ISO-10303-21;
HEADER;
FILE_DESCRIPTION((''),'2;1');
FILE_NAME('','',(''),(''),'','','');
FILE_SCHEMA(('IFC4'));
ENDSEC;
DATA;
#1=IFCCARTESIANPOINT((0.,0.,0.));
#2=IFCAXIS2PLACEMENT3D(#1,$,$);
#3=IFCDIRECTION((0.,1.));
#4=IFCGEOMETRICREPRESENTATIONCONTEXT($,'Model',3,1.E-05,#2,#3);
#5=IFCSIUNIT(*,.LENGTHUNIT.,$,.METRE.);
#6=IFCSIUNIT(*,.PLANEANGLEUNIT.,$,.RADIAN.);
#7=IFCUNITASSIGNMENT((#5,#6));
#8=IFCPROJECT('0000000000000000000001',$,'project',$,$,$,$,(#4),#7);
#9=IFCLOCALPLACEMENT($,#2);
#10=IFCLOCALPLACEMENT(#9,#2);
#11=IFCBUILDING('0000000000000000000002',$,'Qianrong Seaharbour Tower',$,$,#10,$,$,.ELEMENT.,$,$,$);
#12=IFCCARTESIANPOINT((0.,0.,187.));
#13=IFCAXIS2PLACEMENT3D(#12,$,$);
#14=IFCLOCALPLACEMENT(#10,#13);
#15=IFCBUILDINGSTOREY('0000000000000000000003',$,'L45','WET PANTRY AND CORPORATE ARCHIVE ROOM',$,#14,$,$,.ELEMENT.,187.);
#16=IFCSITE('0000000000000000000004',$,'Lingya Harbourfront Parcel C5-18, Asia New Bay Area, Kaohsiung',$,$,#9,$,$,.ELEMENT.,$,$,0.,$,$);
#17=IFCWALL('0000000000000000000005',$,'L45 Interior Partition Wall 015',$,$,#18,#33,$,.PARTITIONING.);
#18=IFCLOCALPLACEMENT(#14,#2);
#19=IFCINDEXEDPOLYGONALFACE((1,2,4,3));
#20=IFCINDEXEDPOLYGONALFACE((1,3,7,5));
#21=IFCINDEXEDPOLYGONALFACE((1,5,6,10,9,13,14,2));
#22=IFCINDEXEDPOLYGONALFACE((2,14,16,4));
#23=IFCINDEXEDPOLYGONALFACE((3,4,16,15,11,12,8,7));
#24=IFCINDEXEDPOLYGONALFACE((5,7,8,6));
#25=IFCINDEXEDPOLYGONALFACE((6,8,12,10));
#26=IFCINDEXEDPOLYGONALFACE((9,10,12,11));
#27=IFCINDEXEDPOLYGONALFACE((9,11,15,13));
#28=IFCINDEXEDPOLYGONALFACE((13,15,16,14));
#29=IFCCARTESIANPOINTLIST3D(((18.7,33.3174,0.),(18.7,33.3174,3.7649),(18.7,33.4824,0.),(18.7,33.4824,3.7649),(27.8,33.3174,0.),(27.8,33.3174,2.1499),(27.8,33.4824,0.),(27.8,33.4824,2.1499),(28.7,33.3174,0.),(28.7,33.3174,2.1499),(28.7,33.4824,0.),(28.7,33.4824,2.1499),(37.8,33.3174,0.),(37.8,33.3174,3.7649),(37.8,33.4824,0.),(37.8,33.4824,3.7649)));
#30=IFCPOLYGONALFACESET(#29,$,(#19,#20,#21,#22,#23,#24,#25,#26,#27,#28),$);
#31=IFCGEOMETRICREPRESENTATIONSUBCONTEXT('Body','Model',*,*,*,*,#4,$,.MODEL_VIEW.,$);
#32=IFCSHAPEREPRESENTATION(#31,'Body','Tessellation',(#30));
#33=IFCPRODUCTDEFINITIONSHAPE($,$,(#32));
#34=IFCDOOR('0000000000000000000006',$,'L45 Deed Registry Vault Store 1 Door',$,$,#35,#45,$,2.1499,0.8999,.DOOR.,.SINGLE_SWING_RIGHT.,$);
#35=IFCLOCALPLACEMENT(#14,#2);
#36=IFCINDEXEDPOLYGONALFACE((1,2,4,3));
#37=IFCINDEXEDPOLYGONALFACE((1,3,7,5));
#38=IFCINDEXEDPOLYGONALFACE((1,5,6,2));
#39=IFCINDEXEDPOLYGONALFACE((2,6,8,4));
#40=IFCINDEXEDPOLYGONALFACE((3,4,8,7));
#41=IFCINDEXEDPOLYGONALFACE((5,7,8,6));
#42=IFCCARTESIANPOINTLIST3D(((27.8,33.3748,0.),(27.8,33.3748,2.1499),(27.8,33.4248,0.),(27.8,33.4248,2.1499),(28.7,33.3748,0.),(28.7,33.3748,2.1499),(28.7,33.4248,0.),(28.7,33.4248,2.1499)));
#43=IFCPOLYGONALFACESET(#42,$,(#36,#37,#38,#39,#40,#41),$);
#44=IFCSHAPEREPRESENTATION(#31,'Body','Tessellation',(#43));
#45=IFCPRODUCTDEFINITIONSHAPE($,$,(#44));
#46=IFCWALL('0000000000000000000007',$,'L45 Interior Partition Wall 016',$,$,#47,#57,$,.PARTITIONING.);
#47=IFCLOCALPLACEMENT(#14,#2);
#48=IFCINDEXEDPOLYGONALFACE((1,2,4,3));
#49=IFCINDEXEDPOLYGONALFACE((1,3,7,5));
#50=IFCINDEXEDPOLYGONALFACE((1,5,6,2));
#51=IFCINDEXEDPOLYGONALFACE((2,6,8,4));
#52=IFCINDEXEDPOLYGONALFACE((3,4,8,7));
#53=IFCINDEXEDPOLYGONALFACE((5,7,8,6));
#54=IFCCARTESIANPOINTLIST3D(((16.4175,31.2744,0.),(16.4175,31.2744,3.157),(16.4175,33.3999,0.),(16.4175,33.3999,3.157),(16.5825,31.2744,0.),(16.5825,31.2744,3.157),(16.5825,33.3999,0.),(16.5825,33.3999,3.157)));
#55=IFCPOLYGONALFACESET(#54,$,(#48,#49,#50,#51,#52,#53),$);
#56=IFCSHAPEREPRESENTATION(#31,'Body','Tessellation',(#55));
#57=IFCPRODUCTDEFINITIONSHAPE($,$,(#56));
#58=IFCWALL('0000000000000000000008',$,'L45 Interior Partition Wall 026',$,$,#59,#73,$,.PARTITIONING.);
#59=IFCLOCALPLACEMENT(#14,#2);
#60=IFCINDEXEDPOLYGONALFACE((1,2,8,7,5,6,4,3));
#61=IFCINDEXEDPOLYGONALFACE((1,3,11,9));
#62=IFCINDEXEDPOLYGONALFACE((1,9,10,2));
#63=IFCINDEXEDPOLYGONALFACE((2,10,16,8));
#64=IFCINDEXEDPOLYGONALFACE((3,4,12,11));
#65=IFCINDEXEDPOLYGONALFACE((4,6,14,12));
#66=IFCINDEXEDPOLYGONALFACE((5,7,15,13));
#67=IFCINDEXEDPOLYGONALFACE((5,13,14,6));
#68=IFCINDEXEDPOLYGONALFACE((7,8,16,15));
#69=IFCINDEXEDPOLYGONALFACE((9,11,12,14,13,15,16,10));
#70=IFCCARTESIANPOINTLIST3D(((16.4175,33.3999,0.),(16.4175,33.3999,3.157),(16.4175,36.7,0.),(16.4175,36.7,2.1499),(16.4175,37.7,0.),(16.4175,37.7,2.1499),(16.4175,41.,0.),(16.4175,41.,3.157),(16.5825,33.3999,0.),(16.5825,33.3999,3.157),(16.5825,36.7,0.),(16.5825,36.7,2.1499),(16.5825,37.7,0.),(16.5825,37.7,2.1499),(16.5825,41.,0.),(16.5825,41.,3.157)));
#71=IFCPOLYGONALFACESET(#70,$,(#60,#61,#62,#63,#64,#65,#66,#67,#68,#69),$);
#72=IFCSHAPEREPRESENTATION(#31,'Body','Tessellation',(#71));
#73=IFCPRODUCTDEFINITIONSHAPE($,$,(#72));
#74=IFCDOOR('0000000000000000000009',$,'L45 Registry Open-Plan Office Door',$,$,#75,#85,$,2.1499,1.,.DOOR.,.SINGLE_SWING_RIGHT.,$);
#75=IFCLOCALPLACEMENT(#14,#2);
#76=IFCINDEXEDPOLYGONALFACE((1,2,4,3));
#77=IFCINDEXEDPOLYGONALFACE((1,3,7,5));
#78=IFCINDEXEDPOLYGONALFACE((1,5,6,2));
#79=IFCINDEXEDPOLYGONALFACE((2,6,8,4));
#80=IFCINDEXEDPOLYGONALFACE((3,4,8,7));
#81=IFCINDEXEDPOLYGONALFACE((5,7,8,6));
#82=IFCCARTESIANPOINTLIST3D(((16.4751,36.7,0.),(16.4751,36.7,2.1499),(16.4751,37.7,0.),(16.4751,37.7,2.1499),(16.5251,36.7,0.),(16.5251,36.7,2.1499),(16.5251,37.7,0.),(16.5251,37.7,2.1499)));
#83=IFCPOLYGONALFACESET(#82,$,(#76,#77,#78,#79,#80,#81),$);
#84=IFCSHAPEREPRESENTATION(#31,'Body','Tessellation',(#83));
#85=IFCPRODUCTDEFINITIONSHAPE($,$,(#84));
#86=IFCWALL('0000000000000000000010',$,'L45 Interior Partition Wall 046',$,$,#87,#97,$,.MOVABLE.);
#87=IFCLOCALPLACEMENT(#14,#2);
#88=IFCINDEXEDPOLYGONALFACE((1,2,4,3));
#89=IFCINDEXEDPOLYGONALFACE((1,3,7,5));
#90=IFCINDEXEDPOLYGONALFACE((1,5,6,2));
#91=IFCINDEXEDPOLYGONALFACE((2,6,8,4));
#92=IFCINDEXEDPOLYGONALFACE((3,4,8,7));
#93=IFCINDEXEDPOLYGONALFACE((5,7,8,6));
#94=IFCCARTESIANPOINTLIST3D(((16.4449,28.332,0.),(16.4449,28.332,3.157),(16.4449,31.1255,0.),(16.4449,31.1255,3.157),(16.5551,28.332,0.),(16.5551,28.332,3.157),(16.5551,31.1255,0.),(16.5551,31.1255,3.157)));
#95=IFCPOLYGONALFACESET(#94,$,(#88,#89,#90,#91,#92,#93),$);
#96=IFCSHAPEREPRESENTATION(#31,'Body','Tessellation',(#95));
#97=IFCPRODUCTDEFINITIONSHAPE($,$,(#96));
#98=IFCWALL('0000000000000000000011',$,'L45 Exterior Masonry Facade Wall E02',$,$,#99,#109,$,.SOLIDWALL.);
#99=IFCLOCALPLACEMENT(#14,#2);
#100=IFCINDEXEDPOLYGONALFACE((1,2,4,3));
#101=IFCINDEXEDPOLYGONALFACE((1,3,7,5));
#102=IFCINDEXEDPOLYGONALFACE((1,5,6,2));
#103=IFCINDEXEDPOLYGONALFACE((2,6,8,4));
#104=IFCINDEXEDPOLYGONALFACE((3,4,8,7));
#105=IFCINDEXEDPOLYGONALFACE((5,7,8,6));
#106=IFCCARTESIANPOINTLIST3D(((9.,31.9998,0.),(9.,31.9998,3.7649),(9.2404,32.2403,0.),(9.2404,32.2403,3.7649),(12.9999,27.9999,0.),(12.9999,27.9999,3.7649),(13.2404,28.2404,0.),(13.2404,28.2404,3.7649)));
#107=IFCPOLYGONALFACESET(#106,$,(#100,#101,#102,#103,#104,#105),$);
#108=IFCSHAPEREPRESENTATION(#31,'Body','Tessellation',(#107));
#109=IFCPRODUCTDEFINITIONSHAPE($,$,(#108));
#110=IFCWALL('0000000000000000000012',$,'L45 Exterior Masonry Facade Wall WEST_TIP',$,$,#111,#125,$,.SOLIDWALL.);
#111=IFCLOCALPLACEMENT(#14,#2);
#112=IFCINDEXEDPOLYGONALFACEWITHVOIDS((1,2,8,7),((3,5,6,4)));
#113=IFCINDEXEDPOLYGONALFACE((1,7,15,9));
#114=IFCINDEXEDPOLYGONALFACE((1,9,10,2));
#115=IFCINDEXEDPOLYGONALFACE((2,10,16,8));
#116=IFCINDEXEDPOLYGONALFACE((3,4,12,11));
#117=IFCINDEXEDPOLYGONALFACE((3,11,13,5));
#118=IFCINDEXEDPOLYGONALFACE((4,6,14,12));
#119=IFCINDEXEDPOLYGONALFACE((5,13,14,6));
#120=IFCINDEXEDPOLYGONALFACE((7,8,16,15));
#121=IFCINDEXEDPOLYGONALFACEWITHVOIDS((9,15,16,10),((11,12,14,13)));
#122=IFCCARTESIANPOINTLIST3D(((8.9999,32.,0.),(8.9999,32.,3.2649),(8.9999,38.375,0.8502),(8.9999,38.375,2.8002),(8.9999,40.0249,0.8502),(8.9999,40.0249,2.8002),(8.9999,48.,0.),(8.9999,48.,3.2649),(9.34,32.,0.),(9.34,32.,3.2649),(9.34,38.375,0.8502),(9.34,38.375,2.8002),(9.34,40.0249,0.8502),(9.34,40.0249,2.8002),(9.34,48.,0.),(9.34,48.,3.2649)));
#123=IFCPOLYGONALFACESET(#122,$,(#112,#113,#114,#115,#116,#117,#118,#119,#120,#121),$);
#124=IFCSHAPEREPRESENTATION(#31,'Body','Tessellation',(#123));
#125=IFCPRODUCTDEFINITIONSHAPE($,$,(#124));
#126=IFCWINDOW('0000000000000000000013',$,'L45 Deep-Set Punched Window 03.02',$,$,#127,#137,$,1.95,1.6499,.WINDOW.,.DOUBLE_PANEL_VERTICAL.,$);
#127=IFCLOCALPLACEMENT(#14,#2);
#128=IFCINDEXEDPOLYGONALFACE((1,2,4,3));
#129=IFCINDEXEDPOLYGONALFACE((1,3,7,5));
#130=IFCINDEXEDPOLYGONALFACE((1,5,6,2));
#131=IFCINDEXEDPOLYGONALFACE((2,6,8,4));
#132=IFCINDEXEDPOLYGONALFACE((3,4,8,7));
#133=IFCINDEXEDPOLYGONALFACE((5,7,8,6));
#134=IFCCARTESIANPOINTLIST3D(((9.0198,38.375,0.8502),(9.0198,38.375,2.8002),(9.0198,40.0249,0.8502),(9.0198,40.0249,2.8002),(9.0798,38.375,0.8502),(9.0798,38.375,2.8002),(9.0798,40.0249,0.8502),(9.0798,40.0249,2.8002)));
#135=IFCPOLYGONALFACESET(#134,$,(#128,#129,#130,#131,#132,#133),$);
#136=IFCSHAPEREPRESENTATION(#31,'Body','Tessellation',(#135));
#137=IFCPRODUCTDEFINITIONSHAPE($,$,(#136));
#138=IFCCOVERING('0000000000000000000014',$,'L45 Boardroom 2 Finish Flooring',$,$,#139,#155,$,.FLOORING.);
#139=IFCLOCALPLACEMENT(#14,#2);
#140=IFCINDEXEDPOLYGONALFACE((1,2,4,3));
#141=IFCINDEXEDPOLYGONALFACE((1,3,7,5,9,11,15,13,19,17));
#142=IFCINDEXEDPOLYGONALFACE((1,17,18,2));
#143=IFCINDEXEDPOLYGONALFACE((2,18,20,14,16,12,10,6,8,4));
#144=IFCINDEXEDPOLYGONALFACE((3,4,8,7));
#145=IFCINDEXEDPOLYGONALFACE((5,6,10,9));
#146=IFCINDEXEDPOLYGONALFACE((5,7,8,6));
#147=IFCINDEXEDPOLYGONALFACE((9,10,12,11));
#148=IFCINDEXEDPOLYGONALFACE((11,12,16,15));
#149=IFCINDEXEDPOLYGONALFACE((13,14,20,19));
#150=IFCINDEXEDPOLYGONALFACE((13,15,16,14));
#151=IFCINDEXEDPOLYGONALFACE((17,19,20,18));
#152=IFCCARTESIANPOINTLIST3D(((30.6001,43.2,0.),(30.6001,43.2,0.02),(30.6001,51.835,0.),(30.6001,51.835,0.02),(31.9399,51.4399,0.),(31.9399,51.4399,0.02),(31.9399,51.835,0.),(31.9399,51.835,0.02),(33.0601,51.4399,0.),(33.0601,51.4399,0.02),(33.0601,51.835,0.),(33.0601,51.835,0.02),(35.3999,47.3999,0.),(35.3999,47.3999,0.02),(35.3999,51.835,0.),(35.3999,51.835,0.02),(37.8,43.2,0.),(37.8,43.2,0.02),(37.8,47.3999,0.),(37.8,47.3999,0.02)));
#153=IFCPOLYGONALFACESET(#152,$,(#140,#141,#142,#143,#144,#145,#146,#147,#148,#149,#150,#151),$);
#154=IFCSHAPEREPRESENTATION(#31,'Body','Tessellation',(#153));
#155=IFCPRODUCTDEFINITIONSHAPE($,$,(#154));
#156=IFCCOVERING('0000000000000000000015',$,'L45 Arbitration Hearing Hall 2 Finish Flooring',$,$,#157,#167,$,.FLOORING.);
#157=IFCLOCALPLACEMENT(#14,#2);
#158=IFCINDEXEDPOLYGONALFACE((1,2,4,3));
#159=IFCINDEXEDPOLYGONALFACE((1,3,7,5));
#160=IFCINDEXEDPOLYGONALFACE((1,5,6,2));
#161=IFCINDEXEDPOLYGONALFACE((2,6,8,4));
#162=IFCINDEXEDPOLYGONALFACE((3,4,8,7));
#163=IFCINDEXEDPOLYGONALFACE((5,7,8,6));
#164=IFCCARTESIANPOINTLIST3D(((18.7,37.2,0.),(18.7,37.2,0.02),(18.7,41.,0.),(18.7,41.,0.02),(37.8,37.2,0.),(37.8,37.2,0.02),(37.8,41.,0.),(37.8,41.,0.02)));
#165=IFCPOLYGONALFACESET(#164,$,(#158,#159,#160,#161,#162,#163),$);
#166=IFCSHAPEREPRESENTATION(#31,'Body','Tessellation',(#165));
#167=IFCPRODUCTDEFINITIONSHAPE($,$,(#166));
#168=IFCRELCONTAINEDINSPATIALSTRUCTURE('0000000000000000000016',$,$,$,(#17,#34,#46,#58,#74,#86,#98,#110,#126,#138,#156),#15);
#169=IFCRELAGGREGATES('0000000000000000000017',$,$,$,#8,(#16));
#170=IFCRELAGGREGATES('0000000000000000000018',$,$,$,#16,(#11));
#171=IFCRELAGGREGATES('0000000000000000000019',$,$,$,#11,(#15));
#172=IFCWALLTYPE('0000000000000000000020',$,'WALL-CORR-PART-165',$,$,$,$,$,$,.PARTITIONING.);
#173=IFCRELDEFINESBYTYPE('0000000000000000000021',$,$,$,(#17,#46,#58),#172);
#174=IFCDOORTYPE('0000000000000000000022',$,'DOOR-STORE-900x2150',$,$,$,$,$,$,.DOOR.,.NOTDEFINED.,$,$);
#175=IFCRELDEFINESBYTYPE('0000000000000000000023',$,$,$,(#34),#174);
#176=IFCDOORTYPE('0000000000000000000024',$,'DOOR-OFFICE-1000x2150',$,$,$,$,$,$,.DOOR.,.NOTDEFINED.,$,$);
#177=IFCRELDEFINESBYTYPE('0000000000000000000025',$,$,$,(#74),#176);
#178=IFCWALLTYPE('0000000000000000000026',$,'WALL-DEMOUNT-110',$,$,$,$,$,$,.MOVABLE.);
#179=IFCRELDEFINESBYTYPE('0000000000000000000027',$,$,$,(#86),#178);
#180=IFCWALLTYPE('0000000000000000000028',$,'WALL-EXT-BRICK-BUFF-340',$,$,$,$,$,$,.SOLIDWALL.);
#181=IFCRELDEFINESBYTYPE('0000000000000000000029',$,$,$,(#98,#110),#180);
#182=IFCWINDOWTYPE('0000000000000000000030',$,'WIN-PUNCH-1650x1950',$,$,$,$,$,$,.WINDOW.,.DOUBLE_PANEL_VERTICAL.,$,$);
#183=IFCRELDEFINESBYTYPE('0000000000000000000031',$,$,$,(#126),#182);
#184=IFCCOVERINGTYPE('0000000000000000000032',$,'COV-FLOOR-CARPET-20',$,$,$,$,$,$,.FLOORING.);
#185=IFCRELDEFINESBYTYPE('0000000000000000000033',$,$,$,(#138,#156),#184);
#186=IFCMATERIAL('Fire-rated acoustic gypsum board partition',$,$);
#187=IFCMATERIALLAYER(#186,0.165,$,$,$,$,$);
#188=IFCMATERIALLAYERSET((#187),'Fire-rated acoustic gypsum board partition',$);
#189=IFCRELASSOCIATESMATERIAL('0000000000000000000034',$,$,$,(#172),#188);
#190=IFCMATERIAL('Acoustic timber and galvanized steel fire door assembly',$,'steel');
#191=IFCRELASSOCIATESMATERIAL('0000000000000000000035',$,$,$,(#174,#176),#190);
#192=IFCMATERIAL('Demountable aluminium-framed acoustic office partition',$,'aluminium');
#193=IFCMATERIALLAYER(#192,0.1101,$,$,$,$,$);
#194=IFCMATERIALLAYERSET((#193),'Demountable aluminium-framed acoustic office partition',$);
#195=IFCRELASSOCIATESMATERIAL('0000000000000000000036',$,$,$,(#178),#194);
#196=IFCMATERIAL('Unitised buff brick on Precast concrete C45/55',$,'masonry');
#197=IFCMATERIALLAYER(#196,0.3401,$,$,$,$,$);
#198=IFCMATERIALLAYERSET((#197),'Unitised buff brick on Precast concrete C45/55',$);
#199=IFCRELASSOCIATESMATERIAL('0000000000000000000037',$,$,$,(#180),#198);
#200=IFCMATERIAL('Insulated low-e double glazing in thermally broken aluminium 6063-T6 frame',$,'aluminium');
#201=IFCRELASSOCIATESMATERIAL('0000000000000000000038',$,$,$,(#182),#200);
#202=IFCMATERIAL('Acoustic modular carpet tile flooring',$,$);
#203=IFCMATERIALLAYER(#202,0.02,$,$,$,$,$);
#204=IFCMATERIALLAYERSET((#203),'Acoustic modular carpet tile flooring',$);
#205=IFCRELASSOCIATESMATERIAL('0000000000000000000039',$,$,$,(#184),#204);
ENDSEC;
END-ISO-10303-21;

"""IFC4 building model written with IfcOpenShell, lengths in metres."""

from ifc_helpers import new_model, si_unit, direction, frame, frame_2d, origin, place, context, subcontext, project, spatial, polyline, rectangle, outline, extrude, material, layer, layer_set, type_object, element, fill, save


model = new_model("IFC4")

# Units and contexts
model_context = context("Model", 3, precision=1e-05, world=origin(), true_north=direction((0.0, 1.0)))
body_context = subcontext(model_context, "Body", "Model", "MODEL_VIEW")
ifc_project = project(units=[si_unit("LENGTHUNIT", "METRE"), si_unit("PLANEANGLEUNIT", "RADIAN")], contexts=[model_context])

# Site, building, storey
site_placement = place(None, origin())
site = spatial("IfcSite", under=ifc_project, at=site_placement, Name="Lingya Harbourfront Parcel C5-18, Asia New Bay Area, Kaohsiung", CompositionType="ELEMENT", RefElevation=0.0)
building_placement = place(site_placement, origin())
building = spatial("IfcBuilding", under=site, at=building_placement, Name="Qianrong Seaharbour Tower", CompositionType="ELEMENT")
storey_placement = place(building_placement, frame((0.0, 0.0, 187.0)))
storey = spatial("IfcBuildingStorey", under=building, at=storey_placement, Name="L45", Description="WET PANTRY AND CORPORATE ARCHIVE ROOM", CompositionType="ELEMENT", Elevation=187.0)

# Wall, opening, door
ifc_material_1 = material(Name="Fire-rated acoustic gypsum board partition")
ifc_layer_1 = layer(ifc_material_1, 0.165)
ifc_layer_set_1 = layer_set([ifc_layer_1], Name="Fire-rated acoustic gypsum board partition")
wall_type_1 = type_object("IfcWallType", Name="WALL-CORR-PART-165", PredefinedType="PARTITIONING", material=ifc_layer_set_1)
wall_1_placement = place(storey_placement, frame((18.7, 33.3999, 0.0), z_axis=(0.0, 0.0, 1.0), x_axis=(1.0, 0.0, 0.0)))
wall_1 = element("IfcWall", 1, at=wall_1_placement, inside=storey, type_object=wall_type_1, Name="L45 Interior Partition Wall 015", PredefinedType="PARTITIONING", context=body_context, shape_type="SweptSolid", body=[
    extrude(rectangle(XDim=19.1001, YDim=0.165, at=frame_2d((9.55, 0.0))), origin(), (0.0, 0.0, 1.0), 3.7649),
])
opening_1_placement = place(wall_1_placement, frame((9.1001, 0.0, 0.0)))
opening_1 = element("IfcOpeningElement", 2, at=opening_1_placement, cuts=wall_1, PredefinedType="OPENING", context=body_context, shape_type="SweptSolid", body=[
    extrude(rectangle(XDim=0.8999, YDim=2.1499, at=frame_2d((0.45, 1.075))), frame((0.0, 0.0925, 0.0), z_axis=(0.0, -1.0, 0.0), x_axis=(1.0, 0.0, 0.0)), (0.0, 0.0, 1.0), 0.1851),
])
ifc_material_2 = material(Name="Acoustic timber and galvanized steel fire door assembly", Category="steel")
door_type_1 = type_object("IfcDoorType", Name="DOOR-STORE-900x2150", OperationType="NOTDEFINED", PredefinedType="DOOR", material=ifc_material_2)
door_1_placement = place(opening_1_placement, origin())
door_1 = element("IfcDoor", 3, at=door_1_placement, inside=storey, type_object=door_type_1, Name="L45 Deed Registry Vault Store 1 Door", OperationType="SINGLE_SWING_RIGHT", OverallHeight=2.1499, OverallWidth=0.8999, PredefinedType="DOOR", context=body_context, shape_type="SweptSolid", body=[
    extrude(rectangle(XDim=0.8999, YDim=2.1499, at=frame_2d((0.45, 1.075))), frame((0.0, 0.0249, 0.0), z_axis=(0.0, -1.0, 0.0), x_axis=(1.0, 0.0, 0.0)), (0.0, 0.0, 1.0), 0.05),
])
fill(opening_1, door_1)

# Wall
wall_2_placement = place(storey_placement, frame((16.5, 31.2744, 0.0), z_axis=(0.0, 0.0, 1.0), x_axis=(0.0, 1.0, 0.0)))
element("IfcWall", 4, at=wall_2_placement, inside=storey, type_object=wall_type_1, Name="L45 Interior Partition Wall 016", PredefinedType="PARTITIONING", context=body_context, shape_type="SweptSolid", body=[
    extrude(rectangle(XDim=2.1255, YDim=0.165, at=frame_2d((1.0627, 0.0))), origin(), (0.0, 0.0, 1.0), 3.157),
])

# Wall, opening, door
wall_3_placement = place(storey_placement, frame((16.5, 33.3999, 0.0), z_axis=(0.0, 0.0, 1.0), x_axis=(0.0, 1.0, 0.0)))
wall_3 = element("IfcWall", 5, at=wall_3_placement, inside=storey, type_object=wall_type_1, Name="L45 Interior Partition Wall 026", PredefinedType="PARTITIONING", context=body_context, shape_type="SweptSolid", body=[
    extrude(rectangle(XDim=7.6001, YDim=0.165, at=frame_2d((3.8, 0.0))), origin(), (0.0, 0.0, 1.0), 3.157),
])
opening_2_placement = place(wall_3_placement, frame((3.3, 0.0, 0.0)))
opening_2 = element("IfcOpeningElement", 6, at=opening_2_placement, cuts=wall_3, PredefinedType="OPENING", context=body_context, shape_type="SweptSolid", body=[
    extrude(rectangle(XDim=1.0, YDim=2.1499, at=frame_2d((0.5, 1.075))), frame((0.0, 0.0925, 0.0), z_axis=(0.0, -1.0, 0.0), x_axis=(1.0, 0.0, 0.0)), (0.0, 0.0, 1.0), 0.1851),
])
door_type_2 = type_object("IfcDoorType", Name="DOOR-OFFICE-1000x2150", OperationType="NOTDEFINED", PredefinedType="DOOR", material=ifc_material_2)
door_2_placement = place(opening_2_placement, origin())
door_2 = element("IfcDoor", 7, at=door_2_placement, inside=storey, type_object=door_type_2, Name="L45 Registry Open-Plan Office Door", OperationType="SINGLE_SWING_RIGHT", OverallHeight=2.1499, OverallWidth=1.0, PredefinedType="DOOR", context=body_context, shape_type="SweptSolid", body=[
    extrude(rectangle(XDim=1.0, YDim=2.1499, at=frame_2d((0.5, 1.075))), frame((0.0, 0.0249, 0.0), z_axis=(0.0, -1.0, 0.0), x_axis=(1.0, 0.0, 0.0)), (0.0, 0.0, 1.0), 0.05),
])
fill(opening_2, door_2)

# Walls
ifc_material_3 = material(Name="Demountable aluminium-framed acoustic office partition", Category="aluminium")
ifc_layer_2 = layer(ifc_material_3, 0.1101)
ifc_layer_set_2 = layer_set([ifc_layer_2], Name="Demountable aluminium-framed acoustic office partition")
wall_type_2 = type_object("IfcWallType", Name="WALL-DEMOUNT-110", PredefinedType="MOVABLE", material=ifc_layer_set_2)
wall_4_placement = place(storey_placement, frame((16.5, 31.1255, 0.0), z_axis=(0.0, 0.0, 1.0), x_axis=(0.0, -1.0, 0.0)))
element("IfcWall", 8, at=wall_4_placement, inside=storey, type_object=wall_type_2, Name="L45 Interior Partition Wall 046", PredefinedType="MOVABLE", context=body_context, shape_type="SweptSolid", body=[
    extrude(rectangle(XDim=2.7935, YDim=0.1101, at=frame_2d((1.3967, 0.0))), origin(), (0.0, 0.0, 1.0), 3.157),
])
ifc_material_4 = material(Name="Unitised buff brick on Precast concrete C45/55", Category="masonry")
ifc_layer_3 = layer(ifc_material_4, 0.3401)
ifc_layer_set_3 = layer_set([ifc_layer_3], Name="Unitised buff brick on Precast concrete C45/55")
wall_type_3 = type_object("IfcWallType", Name="WALL-EXT-BRICK-BUFF-340", PredefinedType="SOLIDWALL", material=ifc_layer_set_3)
wall_5_placement = place(storey_placement, frame((13.1201, 28.1201, 0.0), z_axis=(0.0, 0.0, 1.0), x_axis=(-0.707107, 0.707107, 0.0)))
element("IfcWall", 9, at=wall_5_placement, inside=storey, type_object=wall_type_3, Name="L45 Exterior Masonry Facade Wall E02", PredefinedType="SOLIDWALL", context=body_context, shape_type="SweptSolid", body=[
    extrude(rectangle(XDim=5.6567, YDim=0.3401, at=frame_2d((2.8284, 0.0))), origin(), (0.0, 0.0, 1.0), 3.7649),
])

# Wall, opening, window
wall_6_placement = place(storey_placement, frame((9.1699, 32.0, 0.0), z_axis=(0.0, 0.0, 1.0), x_axis=(0.0, 1.0, 0.0)))
wall_6 = element("IfcWall", 10, at=wall_6_placement, inside=storey, type_object=wall_type_3, Name="L45 Exterior Masonry Facade Wall WEST_TIP", PredefinedType="SOLIDWALL", context=body_context, shape_type="SweptSolid", body=[
    extrude(rectangle(XDim=16.0, YDim=0.3401, at=frame_2d((8.0, 0.0))), origin(), (0.0, 0.0, 1.0), 3.2649),
])
opening_3_placement = place(wall_6_placement, frame((6.375, 0.0, 0.8501)))
opening_3 = element("IfcOpeningElement", 11, at=opening_3_placement, cuts=wall_6, PredefinedType="OPENING", context=body_context, shape_type="SweptSolid", body=[
    extrude(rectangle(XDim=1.6499, YDim=1.95, at=frame_2d((0.825, 0.9751))), frame((0.0, 0.1802, 0.0), z_axis=(0.0, -1.0, 0.0), x_axis=(1.0, 0.0, 0.0)), (0.0, 0.0, 1.0), 0.3601),
])
ifc_material_5 = material(Name="Insulated low-e double glazing in thermally broken aluminium 6063-T6 frame", Category="aluminium")
window_type = type_object("IfcWindowType", Name="WIN-PUNCH-1650x1950", PartitioningType="DOUBLE_PANEL_VERTICAL", PredefinedType="WINDOW", material=ifc_material_5)
window_placement = place(opening_3_placement, origin())
window = element("IfcWindow", 12, at=window_placement, inside=storey, type_object=window_type, Name="L45 Deep-Set Punched Window 03.02", OverallHeight=1.95, OverallWidth=1.6499, PartitioningType="DOUBLE_PANEL_VERTICAL", PredefinedType="WINDOW", context=body_context, shape_type="SweptSolid", body=[
    extrude(rectangle(XDim=1.6499, YDim=1.95, at=frame_2d((0.825, 0.9751))), frame((0.0, 0.1501, 0.0), z_axis=(0.0, -1.0, 0.0), x_axis=(1.0, 0.0, 0.0)), (0.0, 0.0, 1.0), 0.0601),
])
fill(opening_3, window)

# Coverings
ifc_material_6 = material(Name="Acoustic modular carpet tile flooring")
ifc_layer_4 = layer(ifc_material_6, 0.02)
ifc_layer_set_4 = layer_set([ifc_layer_4], Name="Acoustic modular carpet tile flooring")
covering_type_1 = type_object("IfcCoveringType", Name="COV-FLOOR-CARPET-20", PredefinedType="FLOORING", material=ifc_layer_set_4)
covering_1_placement = place(storey_placement, origin())
element("IfcCovering", 13, at=covering_1_placement, inside=storey, type_object=covering_type_1, Name="L45 Boardroom 2 Finish Flooring", PredefinedType="FLOORING", context=body_context, shape_type="SweptSolid", body=[
    extrude(outline(polyline([(30.6001, 51.835), (31.9399, 51.835), (31.9399, 51.4399), (33.0601, 51.4399), (33.0601, 51.835), (35.3999, 51.835), (35.3999, 47.3999), (37.8, 47.3999), (37.8, 43.2), (30.6001, 43.2), (30.6001, 51.835)])), origin(), (0.0, 0.0, 1.0), 0.02),
])
covering_2_placement = place(storey_placement, origin())
element("IfcCovering", 14, at=covering_2_placement, inside=storey, type_object=covering_type_1, Name="L45 Arbitration Hearing Hall 2 Finish Flooring", PredefinedType="FLOORING", context=body_context, shape_type="SweptSolid", body=[
    extrude(outline(polyline([(37.8, 41.0), (37.8, 37.2), (18.7, 37.2), (18.7, 41.0), (37.8, 41.0)])), origin(), (0.0, 0.0, 1.0), 0.02),
])

save(model, "model.ifc")
